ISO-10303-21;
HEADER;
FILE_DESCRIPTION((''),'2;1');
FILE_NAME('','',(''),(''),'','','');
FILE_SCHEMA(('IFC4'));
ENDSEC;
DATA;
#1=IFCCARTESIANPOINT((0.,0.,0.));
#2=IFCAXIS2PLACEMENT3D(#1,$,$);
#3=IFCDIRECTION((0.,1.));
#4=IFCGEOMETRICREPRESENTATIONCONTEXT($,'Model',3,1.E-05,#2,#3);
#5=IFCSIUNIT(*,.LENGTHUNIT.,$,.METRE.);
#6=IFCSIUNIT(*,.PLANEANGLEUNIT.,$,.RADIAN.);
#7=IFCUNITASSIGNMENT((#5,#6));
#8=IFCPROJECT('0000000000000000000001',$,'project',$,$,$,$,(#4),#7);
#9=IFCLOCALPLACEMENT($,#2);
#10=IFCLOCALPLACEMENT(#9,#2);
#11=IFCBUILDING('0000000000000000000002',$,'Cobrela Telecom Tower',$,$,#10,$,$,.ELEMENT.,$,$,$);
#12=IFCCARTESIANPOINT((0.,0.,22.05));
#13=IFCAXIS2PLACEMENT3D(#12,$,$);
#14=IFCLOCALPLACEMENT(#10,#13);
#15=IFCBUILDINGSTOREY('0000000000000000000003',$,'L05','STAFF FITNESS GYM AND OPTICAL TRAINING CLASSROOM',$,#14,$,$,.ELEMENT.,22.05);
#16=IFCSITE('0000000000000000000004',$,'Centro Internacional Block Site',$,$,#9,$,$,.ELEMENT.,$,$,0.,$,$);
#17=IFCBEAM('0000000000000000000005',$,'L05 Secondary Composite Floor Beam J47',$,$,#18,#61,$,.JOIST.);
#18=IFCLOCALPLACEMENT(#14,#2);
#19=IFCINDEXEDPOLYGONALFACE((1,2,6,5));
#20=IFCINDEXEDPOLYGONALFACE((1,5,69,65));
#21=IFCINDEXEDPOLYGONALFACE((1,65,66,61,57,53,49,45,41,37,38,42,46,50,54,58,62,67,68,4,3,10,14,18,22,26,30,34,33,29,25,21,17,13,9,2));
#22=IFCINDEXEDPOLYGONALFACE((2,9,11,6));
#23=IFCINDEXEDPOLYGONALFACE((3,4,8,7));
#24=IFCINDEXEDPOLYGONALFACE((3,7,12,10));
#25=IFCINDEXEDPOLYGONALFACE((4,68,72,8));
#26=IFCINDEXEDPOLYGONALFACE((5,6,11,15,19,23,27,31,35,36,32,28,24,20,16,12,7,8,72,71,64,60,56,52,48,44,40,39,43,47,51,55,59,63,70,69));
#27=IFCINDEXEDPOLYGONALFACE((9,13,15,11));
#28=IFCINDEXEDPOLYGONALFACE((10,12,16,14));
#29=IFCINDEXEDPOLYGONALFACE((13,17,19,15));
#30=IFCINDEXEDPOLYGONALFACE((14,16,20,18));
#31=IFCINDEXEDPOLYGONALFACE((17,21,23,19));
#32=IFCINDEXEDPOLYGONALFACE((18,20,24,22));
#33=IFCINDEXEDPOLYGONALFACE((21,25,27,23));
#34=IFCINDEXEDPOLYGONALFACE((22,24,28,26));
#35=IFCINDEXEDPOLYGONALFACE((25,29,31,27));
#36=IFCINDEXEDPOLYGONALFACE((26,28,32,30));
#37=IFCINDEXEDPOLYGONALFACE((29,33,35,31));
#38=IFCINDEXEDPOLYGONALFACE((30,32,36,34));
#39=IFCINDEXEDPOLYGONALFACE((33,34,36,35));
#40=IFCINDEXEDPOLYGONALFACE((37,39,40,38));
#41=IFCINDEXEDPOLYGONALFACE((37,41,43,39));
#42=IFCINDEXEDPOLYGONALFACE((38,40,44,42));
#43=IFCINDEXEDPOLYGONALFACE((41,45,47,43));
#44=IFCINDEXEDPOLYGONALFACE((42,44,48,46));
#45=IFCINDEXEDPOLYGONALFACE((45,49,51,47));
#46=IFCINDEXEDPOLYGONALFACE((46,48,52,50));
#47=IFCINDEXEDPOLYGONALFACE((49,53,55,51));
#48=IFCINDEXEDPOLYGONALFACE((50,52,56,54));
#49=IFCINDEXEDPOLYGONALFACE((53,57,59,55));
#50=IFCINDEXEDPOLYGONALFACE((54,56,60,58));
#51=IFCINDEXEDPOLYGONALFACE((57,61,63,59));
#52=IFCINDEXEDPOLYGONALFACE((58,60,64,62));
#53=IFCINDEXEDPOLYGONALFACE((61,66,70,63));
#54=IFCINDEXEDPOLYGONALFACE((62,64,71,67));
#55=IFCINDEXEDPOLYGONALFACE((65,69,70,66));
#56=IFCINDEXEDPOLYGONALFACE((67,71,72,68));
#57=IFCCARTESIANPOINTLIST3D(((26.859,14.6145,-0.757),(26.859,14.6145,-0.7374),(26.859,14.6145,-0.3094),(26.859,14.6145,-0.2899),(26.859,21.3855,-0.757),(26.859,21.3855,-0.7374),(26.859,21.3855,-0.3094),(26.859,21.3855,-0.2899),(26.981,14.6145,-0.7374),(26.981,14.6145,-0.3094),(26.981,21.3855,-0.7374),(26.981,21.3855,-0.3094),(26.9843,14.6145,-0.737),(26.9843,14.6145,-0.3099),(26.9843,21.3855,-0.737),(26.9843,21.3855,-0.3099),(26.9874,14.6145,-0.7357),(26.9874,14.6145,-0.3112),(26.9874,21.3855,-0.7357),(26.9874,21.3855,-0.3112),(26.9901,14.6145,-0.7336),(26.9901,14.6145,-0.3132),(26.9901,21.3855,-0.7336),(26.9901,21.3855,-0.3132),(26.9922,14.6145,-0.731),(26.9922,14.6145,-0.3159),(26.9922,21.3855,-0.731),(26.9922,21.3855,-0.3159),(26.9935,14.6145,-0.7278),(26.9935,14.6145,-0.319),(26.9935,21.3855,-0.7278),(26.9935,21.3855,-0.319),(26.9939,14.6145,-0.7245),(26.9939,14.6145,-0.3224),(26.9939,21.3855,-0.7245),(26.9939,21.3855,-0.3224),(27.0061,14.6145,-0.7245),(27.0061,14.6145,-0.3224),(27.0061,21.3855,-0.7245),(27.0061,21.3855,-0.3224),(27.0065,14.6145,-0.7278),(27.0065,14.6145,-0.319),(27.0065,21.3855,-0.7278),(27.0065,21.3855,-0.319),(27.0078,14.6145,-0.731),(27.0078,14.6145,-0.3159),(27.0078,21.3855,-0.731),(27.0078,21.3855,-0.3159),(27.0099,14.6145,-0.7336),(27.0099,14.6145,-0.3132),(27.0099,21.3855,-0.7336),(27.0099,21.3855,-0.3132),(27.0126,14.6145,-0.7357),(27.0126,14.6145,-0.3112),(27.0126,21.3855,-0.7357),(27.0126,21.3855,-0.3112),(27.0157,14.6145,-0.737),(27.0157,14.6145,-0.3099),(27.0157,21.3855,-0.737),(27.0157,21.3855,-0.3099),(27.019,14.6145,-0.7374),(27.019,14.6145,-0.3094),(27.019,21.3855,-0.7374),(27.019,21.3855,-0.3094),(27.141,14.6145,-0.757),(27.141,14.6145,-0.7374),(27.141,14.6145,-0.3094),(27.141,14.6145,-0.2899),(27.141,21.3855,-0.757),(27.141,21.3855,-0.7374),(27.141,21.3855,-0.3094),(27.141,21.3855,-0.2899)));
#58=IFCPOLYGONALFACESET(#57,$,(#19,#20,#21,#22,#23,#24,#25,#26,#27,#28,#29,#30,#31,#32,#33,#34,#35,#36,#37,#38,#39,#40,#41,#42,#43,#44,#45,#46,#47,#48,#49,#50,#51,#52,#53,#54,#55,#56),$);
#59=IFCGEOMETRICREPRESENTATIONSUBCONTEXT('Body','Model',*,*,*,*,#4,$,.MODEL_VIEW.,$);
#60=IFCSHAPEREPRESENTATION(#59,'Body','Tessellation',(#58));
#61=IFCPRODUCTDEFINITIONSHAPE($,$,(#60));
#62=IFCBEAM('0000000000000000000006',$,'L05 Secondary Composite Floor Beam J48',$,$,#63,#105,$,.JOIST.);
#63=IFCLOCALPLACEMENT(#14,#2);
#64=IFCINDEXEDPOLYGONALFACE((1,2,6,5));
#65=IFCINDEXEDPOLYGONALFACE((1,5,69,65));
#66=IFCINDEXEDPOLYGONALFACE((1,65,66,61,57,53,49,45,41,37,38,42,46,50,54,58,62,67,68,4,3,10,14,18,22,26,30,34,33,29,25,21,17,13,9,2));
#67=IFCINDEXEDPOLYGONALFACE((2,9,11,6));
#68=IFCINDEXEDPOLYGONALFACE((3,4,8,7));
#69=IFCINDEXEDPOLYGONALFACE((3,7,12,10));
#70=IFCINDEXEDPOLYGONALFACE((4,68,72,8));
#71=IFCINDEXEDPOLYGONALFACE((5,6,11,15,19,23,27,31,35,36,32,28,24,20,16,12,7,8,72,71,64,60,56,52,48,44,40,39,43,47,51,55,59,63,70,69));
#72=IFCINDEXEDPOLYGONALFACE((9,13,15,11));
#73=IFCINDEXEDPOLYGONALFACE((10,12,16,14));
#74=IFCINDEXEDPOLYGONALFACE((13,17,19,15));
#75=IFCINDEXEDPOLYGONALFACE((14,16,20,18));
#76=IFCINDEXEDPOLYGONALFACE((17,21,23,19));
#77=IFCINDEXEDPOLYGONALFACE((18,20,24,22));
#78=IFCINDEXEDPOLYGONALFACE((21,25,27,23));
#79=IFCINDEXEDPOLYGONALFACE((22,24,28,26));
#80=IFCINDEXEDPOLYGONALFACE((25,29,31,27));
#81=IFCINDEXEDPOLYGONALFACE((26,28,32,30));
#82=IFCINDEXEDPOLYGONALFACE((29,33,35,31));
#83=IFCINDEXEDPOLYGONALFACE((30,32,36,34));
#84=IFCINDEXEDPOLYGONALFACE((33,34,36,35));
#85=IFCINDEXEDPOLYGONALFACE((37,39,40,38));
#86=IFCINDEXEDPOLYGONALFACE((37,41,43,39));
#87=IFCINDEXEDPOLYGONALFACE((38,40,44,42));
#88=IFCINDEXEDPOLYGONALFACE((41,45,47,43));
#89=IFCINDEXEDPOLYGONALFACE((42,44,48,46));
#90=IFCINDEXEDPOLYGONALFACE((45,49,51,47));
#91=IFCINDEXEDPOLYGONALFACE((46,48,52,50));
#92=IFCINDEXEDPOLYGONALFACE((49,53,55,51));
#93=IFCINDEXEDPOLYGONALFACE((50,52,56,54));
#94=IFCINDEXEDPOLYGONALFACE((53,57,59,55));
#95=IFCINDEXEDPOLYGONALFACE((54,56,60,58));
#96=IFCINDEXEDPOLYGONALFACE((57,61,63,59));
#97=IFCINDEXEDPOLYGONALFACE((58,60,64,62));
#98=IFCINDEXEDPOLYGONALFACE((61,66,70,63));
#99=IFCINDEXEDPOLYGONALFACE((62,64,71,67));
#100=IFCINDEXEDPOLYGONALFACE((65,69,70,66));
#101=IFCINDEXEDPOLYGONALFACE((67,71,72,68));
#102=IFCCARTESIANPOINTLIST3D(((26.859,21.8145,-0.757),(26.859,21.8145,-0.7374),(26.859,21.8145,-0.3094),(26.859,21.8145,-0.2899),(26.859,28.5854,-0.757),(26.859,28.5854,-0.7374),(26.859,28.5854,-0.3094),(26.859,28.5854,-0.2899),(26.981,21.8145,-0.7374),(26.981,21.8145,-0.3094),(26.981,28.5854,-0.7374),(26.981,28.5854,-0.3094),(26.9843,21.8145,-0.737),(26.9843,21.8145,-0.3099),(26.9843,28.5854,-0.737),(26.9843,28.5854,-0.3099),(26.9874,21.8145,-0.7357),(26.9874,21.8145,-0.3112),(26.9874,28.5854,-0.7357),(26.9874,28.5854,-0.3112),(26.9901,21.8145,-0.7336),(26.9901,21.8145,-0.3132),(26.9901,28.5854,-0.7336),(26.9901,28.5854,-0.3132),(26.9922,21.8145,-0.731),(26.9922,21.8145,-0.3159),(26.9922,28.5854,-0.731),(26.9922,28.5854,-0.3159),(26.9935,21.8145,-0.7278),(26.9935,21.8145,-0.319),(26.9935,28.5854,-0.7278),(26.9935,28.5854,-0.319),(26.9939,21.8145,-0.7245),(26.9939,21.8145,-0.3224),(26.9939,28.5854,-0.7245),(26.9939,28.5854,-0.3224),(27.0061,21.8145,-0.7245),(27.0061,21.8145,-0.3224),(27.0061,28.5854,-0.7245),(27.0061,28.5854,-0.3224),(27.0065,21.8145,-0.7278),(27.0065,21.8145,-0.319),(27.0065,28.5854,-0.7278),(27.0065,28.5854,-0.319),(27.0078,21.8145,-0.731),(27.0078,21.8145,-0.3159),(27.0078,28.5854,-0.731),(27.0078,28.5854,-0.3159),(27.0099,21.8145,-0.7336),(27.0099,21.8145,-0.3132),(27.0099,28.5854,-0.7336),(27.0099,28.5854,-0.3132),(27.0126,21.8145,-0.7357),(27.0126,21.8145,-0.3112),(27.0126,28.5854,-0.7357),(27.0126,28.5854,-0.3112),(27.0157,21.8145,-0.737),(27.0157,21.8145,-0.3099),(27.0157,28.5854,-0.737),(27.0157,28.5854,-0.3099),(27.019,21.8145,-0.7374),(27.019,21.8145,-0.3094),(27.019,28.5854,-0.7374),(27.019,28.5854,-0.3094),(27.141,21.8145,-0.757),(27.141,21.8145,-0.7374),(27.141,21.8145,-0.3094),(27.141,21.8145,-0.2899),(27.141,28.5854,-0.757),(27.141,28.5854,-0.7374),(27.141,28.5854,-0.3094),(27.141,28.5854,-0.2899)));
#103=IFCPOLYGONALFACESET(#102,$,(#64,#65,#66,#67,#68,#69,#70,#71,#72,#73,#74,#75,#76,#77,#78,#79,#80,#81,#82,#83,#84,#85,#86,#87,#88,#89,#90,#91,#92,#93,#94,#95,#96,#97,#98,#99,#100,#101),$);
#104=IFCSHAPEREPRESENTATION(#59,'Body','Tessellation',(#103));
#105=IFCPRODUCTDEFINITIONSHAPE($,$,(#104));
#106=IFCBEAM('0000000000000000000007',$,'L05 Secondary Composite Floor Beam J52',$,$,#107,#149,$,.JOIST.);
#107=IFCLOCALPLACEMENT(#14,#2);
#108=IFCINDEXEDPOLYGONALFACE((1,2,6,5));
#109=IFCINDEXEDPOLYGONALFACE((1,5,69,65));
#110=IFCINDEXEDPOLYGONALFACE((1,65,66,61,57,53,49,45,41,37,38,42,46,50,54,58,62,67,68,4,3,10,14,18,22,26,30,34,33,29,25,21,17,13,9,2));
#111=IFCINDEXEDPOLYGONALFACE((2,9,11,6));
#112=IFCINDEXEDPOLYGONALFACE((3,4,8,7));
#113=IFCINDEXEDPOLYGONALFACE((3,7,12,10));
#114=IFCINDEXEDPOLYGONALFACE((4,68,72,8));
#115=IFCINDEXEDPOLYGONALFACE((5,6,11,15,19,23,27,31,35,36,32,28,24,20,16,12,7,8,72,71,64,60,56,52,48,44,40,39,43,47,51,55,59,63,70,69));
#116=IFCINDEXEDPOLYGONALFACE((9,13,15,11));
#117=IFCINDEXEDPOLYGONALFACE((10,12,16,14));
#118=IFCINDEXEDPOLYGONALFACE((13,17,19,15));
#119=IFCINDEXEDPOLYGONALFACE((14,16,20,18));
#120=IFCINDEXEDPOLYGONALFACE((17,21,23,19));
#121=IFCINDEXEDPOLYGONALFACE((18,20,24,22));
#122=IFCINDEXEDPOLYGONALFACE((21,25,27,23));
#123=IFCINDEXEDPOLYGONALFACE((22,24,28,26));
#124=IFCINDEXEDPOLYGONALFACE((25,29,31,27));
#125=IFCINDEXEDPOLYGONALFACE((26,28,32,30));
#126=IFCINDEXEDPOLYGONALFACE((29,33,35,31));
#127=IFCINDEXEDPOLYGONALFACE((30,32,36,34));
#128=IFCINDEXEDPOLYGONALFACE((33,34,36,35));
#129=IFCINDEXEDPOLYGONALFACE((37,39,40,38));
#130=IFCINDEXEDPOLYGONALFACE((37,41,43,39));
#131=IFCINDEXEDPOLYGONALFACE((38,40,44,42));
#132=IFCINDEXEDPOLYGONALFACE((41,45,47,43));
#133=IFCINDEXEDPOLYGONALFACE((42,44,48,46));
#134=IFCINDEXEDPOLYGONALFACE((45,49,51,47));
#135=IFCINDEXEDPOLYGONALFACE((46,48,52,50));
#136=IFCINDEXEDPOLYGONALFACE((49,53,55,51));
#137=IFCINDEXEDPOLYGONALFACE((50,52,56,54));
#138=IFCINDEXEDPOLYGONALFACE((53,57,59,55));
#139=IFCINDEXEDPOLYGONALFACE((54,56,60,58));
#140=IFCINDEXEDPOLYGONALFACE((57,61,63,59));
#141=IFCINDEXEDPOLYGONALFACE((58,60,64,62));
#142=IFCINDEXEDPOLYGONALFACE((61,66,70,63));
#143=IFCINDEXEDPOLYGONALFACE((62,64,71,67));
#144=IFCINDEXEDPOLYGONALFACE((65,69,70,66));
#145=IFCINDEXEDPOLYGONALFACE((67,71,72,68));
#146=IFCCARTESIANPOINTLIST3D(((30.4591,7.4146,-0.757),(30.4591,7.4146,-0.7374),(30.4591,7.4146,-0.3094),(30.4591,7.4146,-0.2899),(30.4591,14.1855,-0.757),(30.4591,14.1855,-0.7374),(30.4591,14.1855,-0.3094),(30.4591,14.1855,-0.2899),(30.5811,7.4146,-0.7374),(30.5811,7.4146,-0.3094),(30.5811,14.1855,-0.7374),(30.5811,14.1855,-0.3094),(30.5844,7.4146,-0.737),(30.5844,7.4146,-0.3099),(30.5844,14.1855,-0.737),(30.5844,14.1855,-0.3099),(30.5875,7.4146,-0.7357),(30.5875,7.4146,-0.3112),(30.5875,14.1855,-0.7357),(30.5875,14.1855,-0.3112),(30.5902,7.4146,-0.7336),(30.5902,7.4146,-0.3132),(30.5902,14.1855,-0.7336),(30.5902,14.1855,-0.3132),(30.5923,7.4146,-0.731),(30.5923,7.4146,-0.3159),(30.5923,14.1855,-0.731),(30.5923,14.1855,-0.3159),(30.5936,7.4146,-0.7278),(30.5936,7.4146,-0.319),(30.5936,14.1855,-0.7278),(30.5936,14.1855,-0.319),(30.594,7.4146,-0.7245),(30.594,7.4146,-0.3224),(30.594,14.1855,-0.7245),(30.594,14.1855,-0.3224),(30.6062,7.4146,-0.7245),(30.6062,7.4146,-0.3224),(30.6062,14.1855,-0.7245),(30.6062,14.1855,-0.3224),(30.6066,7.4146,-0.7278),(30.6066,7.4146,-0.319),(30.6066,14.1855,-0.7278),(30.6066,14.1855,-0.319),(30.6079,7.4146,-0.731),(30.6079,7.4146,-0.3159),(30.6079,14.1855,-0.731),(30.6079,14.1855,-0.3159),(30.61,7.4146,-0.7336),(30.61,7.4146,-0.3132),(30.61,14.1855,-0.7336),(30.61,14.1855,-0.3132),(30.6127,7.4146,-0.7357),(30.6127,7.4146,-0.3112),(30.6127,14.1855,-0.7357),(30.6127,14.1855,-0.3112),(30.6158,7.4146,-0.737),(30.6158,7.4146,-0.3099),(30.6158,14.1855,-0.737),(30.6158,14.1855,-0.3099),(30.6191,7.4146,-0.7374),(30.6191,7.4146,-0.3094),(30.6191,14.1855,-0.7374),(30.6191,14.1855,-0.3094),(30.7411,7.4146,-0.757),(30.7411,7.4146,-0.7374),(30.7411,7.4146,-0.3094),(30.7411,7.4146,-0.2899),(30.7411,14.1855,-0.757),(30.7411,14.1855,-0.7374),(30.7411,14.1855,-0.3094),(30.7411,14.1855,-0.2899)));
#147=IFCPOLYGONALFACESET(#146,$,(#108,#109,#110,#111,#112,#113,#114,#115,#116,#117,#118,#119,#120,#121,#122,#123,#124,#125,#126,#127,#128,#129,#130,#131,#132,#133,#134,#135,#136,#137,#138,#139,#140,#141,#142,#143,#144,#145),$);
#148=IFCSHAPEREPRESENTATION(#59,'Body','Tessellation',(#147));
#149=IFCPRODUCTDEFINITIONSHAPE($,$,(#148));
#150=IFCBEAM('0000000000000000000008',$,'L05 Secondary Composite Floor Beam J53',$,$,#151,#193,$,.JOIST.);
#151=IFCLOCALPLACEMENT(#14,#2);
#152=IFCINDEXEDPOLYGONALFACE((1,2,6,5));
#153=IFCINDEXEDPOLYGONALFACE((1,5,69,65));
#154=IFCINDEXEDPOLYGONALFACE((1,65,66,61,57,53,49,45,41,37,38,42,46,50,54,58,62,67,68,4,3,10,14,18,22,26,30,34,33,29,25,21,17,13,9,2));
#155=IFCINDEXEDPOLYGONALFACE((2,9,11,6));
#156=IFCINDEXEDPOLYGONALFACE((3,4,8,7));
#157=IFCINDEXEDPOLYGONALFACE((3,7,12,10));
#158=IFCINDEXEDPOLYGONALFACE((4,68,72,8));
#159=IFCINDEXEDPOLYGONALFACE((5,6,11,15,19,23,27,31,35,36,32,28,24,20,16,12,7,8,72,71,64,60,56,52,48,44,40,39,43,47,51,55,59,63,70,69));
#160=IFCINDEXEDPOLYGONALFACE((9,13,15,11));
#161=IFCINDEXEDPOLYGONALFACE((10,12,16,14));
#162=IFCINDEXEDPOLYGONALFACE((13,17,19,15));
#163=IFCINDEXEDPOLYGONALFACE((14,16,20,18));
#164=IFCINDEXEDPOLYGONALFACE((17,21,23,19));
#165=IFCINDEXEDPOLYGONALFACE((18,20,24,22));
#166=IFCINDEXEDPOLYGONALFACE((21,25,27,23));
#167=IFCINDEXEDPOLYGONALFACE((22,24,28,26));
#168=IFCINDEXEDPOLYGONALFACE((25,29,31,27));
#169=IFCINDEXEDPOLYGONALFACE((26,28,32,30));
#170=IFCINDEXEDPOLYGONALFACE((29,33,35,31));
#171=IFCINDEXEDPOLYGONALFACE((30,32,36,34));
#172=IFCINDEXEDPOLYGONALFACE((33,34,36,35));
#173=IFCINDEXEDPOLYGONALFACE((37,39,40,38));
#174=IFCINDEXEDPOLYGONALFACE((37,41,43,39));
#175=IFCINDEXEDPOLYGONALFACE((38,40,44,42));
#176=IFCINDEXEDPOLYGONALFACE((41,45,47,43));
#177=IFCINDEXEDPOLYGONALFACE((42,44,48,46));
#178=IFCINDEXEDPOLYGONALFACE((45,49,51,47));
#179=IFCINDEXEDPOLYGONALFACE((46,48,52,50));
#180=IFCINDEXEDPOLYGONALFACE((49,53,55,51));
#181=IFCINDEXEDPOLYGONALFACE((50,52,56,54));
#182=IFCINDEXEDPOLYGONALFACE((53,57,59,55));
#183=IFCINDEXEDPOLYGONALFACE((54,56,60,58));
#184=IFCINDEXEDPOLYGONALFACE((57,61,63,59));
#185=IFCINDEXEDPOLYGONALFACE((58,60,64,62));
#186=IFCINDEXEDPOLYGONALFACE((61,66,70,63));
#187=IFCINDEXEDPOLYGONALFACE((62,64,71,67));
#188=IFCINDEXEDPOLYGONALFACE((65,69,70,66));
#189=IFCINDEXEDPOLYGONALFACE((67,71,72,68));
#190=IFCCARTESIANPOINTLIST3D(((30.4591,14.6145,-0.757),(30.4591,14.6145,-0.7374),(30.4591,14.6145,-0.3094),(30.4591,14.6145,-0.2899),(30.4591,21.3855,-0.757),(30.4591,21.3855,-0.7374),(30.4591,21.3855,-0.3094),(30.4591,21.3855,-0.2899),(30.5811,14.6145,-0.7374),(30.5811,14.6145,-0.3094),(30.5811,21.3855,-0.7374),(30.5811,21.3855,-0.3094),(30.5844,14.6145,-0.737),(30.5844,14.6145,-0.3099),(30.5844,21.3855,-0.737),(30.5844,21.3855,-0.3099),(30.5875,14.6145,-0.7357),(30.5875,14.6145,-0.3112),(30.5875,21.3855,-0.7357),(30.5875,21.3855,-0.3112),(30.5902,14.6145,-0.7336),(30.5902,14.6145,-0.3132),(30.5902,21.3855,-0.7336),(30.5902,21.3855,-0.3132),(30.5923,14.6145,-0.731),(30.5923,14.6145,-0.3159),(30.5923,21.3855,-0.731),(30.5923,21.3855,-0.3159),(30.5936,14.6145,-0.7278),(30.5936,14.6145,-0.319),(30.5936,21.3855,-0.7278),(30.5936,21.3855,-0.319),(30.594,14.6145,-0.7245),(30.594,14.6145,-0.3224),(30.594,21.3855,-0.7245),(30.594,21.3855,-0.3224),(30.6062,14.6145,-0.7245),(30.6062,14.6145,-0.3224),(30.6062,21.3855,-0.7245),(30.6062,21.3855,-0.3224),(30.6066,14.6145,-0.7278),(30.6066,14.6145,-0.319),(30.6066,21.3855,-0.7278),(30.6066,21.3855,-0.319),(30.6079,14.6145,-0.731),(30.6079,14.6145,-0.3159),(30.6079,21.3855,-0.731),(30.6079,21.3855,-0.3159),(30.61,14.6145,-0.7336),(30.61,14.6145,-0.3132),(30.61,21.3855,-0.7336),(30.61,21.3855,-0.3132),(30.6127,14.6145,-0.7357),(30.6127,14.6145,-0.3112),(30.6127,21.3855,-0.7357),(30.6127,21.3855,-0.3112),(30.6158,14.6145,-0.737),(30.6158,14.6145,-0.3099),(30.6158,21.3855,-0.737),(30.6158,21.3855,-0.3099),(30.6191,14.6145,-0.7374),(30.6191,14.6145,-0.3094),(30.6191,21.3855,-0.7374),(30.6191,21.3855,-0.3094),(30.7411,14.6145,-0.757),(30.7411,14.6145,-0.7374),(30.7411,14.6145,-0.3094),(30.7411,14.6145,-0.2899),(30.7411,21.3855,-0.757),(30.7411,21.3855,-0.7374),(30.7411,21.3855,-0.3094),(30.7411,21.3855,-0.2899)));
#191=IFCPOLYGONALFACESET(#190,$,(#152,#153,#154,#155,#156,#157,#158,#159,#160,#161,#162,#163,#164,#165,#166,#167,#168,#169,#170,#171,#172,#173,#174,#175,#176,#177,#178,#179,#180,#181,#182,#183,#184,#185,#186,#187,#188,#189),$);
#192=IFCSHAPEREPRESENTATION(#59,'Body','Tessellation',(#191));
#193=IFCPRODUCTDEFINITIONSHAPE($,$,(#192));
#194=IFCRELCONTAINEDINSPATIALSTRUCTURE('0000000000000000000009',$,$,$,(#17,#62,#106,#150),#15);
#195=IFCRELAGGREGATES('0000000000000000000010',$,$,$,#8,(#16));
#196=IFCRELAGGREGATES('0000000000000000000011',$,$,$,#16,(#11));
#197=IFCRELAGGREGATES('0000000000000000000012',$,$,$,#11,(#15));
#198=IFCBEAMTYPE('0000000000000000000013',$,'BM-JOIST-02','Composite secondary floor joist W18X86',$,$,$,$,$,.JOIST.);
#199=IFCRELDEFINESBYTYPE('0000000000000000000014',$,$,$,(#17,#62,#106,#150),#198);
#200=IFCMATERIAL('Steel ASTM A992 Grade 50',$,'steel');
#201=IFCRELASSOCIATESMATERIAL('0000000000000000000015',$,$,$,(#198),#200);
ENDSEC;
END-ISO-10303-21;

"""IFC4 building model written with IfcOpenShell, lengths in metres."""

from ifc_helpers import new_model, si_unit, direction, frame, origin, origin_2d, place, context, subcontext, project, spatial, i_section, extrude, material, material_profile, profile_set, type_object, element, save


model = new_model("IFC4")

# Units and contexts
model_context = context("Model", 3, precision=1e-05, world=origin(), true_north=direction((0.0, 1.0)))
body_context = subcontext(model_context, "Body", "Model", "MODEL_VIEW")
ifc_project = project(units=[si_unit("LENGTHUNIT", "METRE"), si_unit("PLANEANGLEUNIT", "RADIAN")], contexts=[model_context])

# Site, building, storey
site_placement = place(None, origin())
site = spatial("IfcSite", under=ifc_project, at=site_placement, Name="Centro Internacional Block Site", CompositionType="ELEMENT", RefElevation=0.0)
building_placement = place(site_placement, origin())
building = spatial("IfcBuilding", under=site, at=building_placement, Name="Cobrela Telecom Tower", CompositionType="ELEMENT")
storey_placement = place(building_placement, frame((0.0, 0.0, 22.05)))
storey = spatial("IfcBuildingStorey", under=building, at=storey_placement, Name="L05", Description="STAFF FITNESS GYM AND OPTICAL TRAINING CLASSROOM", CompositionType="ELEMENT", Elevation=22.05)

# Beams
ifc_material_1 = material(Name="Steel ASTM A992 Grade 50", Category="steel")
ifc_material_profile_1 = material_profile(ifc_material_1, i_section(OverallWidth=0.282, OverallDepth=0.467, WebThickness=0.0122, FlangeThickness=0.0195, FilletRadius=0.0129, at=origin_2d()), Name="W18X86")
ifc_profile_set_1 = profile_set([ifc_material_profile_1], Name="Steel ASTM A992 Grade 50")
beam_type_1 = type_object("IfcBeamType", Name="BM-JOIST-02", Description="Composite secondary floor joist W18X86", PredefinedType="JOIST", material=ifc_profile_set_1)
for number, where, z_axis, x_axis, name in (
    (1, (27.0, 14.6145, -0.5234), (0.0, 1.0, 0.0), (-1.0, 0.0, 0.0), "L05 Secondary Composite Floor Beam J47"),
    (2, (27.0, 21.8145, -0.5234), (0.0, 1.0, 0.0), (-1.0, 0.0, 0.0), "L05 Secondary Composite Floor Beam J48"),
    (3, (30.6001, 7.4146, -0.5234), (0.0, 1.0, 0.0), (-1.0, 0.0, 0.0), "L05 Secondary Composite Floor Beam J52"),
    (4, (30.6001, 14.6145, -0.5234), (0.0, 1.0, 0.0), (-1.0, 0.0, 0.0), "L05 Secondary Composite Floor Beam J53"),
):
    element("IfcBeam", number, at=place(storey_placement, frame(where, z_axis=z_axis, x_axis=x_axis)), inside=storey, type_object=beam_type_1, Name=name, PredefinedType="JOIST", context=body_context, shape_type="SweptSolid", body=[
        extrude(i_section(OverallWidth=0.282, OverallDepth=0.467, WebThickness=0.0122, FlangeThickness=0.0195, FilletRadius=0.0129, at=origin_2d()), origin(), (0.0, 0.0, 1.0), 6.771),
    ])

save(model, "model.ifc")
